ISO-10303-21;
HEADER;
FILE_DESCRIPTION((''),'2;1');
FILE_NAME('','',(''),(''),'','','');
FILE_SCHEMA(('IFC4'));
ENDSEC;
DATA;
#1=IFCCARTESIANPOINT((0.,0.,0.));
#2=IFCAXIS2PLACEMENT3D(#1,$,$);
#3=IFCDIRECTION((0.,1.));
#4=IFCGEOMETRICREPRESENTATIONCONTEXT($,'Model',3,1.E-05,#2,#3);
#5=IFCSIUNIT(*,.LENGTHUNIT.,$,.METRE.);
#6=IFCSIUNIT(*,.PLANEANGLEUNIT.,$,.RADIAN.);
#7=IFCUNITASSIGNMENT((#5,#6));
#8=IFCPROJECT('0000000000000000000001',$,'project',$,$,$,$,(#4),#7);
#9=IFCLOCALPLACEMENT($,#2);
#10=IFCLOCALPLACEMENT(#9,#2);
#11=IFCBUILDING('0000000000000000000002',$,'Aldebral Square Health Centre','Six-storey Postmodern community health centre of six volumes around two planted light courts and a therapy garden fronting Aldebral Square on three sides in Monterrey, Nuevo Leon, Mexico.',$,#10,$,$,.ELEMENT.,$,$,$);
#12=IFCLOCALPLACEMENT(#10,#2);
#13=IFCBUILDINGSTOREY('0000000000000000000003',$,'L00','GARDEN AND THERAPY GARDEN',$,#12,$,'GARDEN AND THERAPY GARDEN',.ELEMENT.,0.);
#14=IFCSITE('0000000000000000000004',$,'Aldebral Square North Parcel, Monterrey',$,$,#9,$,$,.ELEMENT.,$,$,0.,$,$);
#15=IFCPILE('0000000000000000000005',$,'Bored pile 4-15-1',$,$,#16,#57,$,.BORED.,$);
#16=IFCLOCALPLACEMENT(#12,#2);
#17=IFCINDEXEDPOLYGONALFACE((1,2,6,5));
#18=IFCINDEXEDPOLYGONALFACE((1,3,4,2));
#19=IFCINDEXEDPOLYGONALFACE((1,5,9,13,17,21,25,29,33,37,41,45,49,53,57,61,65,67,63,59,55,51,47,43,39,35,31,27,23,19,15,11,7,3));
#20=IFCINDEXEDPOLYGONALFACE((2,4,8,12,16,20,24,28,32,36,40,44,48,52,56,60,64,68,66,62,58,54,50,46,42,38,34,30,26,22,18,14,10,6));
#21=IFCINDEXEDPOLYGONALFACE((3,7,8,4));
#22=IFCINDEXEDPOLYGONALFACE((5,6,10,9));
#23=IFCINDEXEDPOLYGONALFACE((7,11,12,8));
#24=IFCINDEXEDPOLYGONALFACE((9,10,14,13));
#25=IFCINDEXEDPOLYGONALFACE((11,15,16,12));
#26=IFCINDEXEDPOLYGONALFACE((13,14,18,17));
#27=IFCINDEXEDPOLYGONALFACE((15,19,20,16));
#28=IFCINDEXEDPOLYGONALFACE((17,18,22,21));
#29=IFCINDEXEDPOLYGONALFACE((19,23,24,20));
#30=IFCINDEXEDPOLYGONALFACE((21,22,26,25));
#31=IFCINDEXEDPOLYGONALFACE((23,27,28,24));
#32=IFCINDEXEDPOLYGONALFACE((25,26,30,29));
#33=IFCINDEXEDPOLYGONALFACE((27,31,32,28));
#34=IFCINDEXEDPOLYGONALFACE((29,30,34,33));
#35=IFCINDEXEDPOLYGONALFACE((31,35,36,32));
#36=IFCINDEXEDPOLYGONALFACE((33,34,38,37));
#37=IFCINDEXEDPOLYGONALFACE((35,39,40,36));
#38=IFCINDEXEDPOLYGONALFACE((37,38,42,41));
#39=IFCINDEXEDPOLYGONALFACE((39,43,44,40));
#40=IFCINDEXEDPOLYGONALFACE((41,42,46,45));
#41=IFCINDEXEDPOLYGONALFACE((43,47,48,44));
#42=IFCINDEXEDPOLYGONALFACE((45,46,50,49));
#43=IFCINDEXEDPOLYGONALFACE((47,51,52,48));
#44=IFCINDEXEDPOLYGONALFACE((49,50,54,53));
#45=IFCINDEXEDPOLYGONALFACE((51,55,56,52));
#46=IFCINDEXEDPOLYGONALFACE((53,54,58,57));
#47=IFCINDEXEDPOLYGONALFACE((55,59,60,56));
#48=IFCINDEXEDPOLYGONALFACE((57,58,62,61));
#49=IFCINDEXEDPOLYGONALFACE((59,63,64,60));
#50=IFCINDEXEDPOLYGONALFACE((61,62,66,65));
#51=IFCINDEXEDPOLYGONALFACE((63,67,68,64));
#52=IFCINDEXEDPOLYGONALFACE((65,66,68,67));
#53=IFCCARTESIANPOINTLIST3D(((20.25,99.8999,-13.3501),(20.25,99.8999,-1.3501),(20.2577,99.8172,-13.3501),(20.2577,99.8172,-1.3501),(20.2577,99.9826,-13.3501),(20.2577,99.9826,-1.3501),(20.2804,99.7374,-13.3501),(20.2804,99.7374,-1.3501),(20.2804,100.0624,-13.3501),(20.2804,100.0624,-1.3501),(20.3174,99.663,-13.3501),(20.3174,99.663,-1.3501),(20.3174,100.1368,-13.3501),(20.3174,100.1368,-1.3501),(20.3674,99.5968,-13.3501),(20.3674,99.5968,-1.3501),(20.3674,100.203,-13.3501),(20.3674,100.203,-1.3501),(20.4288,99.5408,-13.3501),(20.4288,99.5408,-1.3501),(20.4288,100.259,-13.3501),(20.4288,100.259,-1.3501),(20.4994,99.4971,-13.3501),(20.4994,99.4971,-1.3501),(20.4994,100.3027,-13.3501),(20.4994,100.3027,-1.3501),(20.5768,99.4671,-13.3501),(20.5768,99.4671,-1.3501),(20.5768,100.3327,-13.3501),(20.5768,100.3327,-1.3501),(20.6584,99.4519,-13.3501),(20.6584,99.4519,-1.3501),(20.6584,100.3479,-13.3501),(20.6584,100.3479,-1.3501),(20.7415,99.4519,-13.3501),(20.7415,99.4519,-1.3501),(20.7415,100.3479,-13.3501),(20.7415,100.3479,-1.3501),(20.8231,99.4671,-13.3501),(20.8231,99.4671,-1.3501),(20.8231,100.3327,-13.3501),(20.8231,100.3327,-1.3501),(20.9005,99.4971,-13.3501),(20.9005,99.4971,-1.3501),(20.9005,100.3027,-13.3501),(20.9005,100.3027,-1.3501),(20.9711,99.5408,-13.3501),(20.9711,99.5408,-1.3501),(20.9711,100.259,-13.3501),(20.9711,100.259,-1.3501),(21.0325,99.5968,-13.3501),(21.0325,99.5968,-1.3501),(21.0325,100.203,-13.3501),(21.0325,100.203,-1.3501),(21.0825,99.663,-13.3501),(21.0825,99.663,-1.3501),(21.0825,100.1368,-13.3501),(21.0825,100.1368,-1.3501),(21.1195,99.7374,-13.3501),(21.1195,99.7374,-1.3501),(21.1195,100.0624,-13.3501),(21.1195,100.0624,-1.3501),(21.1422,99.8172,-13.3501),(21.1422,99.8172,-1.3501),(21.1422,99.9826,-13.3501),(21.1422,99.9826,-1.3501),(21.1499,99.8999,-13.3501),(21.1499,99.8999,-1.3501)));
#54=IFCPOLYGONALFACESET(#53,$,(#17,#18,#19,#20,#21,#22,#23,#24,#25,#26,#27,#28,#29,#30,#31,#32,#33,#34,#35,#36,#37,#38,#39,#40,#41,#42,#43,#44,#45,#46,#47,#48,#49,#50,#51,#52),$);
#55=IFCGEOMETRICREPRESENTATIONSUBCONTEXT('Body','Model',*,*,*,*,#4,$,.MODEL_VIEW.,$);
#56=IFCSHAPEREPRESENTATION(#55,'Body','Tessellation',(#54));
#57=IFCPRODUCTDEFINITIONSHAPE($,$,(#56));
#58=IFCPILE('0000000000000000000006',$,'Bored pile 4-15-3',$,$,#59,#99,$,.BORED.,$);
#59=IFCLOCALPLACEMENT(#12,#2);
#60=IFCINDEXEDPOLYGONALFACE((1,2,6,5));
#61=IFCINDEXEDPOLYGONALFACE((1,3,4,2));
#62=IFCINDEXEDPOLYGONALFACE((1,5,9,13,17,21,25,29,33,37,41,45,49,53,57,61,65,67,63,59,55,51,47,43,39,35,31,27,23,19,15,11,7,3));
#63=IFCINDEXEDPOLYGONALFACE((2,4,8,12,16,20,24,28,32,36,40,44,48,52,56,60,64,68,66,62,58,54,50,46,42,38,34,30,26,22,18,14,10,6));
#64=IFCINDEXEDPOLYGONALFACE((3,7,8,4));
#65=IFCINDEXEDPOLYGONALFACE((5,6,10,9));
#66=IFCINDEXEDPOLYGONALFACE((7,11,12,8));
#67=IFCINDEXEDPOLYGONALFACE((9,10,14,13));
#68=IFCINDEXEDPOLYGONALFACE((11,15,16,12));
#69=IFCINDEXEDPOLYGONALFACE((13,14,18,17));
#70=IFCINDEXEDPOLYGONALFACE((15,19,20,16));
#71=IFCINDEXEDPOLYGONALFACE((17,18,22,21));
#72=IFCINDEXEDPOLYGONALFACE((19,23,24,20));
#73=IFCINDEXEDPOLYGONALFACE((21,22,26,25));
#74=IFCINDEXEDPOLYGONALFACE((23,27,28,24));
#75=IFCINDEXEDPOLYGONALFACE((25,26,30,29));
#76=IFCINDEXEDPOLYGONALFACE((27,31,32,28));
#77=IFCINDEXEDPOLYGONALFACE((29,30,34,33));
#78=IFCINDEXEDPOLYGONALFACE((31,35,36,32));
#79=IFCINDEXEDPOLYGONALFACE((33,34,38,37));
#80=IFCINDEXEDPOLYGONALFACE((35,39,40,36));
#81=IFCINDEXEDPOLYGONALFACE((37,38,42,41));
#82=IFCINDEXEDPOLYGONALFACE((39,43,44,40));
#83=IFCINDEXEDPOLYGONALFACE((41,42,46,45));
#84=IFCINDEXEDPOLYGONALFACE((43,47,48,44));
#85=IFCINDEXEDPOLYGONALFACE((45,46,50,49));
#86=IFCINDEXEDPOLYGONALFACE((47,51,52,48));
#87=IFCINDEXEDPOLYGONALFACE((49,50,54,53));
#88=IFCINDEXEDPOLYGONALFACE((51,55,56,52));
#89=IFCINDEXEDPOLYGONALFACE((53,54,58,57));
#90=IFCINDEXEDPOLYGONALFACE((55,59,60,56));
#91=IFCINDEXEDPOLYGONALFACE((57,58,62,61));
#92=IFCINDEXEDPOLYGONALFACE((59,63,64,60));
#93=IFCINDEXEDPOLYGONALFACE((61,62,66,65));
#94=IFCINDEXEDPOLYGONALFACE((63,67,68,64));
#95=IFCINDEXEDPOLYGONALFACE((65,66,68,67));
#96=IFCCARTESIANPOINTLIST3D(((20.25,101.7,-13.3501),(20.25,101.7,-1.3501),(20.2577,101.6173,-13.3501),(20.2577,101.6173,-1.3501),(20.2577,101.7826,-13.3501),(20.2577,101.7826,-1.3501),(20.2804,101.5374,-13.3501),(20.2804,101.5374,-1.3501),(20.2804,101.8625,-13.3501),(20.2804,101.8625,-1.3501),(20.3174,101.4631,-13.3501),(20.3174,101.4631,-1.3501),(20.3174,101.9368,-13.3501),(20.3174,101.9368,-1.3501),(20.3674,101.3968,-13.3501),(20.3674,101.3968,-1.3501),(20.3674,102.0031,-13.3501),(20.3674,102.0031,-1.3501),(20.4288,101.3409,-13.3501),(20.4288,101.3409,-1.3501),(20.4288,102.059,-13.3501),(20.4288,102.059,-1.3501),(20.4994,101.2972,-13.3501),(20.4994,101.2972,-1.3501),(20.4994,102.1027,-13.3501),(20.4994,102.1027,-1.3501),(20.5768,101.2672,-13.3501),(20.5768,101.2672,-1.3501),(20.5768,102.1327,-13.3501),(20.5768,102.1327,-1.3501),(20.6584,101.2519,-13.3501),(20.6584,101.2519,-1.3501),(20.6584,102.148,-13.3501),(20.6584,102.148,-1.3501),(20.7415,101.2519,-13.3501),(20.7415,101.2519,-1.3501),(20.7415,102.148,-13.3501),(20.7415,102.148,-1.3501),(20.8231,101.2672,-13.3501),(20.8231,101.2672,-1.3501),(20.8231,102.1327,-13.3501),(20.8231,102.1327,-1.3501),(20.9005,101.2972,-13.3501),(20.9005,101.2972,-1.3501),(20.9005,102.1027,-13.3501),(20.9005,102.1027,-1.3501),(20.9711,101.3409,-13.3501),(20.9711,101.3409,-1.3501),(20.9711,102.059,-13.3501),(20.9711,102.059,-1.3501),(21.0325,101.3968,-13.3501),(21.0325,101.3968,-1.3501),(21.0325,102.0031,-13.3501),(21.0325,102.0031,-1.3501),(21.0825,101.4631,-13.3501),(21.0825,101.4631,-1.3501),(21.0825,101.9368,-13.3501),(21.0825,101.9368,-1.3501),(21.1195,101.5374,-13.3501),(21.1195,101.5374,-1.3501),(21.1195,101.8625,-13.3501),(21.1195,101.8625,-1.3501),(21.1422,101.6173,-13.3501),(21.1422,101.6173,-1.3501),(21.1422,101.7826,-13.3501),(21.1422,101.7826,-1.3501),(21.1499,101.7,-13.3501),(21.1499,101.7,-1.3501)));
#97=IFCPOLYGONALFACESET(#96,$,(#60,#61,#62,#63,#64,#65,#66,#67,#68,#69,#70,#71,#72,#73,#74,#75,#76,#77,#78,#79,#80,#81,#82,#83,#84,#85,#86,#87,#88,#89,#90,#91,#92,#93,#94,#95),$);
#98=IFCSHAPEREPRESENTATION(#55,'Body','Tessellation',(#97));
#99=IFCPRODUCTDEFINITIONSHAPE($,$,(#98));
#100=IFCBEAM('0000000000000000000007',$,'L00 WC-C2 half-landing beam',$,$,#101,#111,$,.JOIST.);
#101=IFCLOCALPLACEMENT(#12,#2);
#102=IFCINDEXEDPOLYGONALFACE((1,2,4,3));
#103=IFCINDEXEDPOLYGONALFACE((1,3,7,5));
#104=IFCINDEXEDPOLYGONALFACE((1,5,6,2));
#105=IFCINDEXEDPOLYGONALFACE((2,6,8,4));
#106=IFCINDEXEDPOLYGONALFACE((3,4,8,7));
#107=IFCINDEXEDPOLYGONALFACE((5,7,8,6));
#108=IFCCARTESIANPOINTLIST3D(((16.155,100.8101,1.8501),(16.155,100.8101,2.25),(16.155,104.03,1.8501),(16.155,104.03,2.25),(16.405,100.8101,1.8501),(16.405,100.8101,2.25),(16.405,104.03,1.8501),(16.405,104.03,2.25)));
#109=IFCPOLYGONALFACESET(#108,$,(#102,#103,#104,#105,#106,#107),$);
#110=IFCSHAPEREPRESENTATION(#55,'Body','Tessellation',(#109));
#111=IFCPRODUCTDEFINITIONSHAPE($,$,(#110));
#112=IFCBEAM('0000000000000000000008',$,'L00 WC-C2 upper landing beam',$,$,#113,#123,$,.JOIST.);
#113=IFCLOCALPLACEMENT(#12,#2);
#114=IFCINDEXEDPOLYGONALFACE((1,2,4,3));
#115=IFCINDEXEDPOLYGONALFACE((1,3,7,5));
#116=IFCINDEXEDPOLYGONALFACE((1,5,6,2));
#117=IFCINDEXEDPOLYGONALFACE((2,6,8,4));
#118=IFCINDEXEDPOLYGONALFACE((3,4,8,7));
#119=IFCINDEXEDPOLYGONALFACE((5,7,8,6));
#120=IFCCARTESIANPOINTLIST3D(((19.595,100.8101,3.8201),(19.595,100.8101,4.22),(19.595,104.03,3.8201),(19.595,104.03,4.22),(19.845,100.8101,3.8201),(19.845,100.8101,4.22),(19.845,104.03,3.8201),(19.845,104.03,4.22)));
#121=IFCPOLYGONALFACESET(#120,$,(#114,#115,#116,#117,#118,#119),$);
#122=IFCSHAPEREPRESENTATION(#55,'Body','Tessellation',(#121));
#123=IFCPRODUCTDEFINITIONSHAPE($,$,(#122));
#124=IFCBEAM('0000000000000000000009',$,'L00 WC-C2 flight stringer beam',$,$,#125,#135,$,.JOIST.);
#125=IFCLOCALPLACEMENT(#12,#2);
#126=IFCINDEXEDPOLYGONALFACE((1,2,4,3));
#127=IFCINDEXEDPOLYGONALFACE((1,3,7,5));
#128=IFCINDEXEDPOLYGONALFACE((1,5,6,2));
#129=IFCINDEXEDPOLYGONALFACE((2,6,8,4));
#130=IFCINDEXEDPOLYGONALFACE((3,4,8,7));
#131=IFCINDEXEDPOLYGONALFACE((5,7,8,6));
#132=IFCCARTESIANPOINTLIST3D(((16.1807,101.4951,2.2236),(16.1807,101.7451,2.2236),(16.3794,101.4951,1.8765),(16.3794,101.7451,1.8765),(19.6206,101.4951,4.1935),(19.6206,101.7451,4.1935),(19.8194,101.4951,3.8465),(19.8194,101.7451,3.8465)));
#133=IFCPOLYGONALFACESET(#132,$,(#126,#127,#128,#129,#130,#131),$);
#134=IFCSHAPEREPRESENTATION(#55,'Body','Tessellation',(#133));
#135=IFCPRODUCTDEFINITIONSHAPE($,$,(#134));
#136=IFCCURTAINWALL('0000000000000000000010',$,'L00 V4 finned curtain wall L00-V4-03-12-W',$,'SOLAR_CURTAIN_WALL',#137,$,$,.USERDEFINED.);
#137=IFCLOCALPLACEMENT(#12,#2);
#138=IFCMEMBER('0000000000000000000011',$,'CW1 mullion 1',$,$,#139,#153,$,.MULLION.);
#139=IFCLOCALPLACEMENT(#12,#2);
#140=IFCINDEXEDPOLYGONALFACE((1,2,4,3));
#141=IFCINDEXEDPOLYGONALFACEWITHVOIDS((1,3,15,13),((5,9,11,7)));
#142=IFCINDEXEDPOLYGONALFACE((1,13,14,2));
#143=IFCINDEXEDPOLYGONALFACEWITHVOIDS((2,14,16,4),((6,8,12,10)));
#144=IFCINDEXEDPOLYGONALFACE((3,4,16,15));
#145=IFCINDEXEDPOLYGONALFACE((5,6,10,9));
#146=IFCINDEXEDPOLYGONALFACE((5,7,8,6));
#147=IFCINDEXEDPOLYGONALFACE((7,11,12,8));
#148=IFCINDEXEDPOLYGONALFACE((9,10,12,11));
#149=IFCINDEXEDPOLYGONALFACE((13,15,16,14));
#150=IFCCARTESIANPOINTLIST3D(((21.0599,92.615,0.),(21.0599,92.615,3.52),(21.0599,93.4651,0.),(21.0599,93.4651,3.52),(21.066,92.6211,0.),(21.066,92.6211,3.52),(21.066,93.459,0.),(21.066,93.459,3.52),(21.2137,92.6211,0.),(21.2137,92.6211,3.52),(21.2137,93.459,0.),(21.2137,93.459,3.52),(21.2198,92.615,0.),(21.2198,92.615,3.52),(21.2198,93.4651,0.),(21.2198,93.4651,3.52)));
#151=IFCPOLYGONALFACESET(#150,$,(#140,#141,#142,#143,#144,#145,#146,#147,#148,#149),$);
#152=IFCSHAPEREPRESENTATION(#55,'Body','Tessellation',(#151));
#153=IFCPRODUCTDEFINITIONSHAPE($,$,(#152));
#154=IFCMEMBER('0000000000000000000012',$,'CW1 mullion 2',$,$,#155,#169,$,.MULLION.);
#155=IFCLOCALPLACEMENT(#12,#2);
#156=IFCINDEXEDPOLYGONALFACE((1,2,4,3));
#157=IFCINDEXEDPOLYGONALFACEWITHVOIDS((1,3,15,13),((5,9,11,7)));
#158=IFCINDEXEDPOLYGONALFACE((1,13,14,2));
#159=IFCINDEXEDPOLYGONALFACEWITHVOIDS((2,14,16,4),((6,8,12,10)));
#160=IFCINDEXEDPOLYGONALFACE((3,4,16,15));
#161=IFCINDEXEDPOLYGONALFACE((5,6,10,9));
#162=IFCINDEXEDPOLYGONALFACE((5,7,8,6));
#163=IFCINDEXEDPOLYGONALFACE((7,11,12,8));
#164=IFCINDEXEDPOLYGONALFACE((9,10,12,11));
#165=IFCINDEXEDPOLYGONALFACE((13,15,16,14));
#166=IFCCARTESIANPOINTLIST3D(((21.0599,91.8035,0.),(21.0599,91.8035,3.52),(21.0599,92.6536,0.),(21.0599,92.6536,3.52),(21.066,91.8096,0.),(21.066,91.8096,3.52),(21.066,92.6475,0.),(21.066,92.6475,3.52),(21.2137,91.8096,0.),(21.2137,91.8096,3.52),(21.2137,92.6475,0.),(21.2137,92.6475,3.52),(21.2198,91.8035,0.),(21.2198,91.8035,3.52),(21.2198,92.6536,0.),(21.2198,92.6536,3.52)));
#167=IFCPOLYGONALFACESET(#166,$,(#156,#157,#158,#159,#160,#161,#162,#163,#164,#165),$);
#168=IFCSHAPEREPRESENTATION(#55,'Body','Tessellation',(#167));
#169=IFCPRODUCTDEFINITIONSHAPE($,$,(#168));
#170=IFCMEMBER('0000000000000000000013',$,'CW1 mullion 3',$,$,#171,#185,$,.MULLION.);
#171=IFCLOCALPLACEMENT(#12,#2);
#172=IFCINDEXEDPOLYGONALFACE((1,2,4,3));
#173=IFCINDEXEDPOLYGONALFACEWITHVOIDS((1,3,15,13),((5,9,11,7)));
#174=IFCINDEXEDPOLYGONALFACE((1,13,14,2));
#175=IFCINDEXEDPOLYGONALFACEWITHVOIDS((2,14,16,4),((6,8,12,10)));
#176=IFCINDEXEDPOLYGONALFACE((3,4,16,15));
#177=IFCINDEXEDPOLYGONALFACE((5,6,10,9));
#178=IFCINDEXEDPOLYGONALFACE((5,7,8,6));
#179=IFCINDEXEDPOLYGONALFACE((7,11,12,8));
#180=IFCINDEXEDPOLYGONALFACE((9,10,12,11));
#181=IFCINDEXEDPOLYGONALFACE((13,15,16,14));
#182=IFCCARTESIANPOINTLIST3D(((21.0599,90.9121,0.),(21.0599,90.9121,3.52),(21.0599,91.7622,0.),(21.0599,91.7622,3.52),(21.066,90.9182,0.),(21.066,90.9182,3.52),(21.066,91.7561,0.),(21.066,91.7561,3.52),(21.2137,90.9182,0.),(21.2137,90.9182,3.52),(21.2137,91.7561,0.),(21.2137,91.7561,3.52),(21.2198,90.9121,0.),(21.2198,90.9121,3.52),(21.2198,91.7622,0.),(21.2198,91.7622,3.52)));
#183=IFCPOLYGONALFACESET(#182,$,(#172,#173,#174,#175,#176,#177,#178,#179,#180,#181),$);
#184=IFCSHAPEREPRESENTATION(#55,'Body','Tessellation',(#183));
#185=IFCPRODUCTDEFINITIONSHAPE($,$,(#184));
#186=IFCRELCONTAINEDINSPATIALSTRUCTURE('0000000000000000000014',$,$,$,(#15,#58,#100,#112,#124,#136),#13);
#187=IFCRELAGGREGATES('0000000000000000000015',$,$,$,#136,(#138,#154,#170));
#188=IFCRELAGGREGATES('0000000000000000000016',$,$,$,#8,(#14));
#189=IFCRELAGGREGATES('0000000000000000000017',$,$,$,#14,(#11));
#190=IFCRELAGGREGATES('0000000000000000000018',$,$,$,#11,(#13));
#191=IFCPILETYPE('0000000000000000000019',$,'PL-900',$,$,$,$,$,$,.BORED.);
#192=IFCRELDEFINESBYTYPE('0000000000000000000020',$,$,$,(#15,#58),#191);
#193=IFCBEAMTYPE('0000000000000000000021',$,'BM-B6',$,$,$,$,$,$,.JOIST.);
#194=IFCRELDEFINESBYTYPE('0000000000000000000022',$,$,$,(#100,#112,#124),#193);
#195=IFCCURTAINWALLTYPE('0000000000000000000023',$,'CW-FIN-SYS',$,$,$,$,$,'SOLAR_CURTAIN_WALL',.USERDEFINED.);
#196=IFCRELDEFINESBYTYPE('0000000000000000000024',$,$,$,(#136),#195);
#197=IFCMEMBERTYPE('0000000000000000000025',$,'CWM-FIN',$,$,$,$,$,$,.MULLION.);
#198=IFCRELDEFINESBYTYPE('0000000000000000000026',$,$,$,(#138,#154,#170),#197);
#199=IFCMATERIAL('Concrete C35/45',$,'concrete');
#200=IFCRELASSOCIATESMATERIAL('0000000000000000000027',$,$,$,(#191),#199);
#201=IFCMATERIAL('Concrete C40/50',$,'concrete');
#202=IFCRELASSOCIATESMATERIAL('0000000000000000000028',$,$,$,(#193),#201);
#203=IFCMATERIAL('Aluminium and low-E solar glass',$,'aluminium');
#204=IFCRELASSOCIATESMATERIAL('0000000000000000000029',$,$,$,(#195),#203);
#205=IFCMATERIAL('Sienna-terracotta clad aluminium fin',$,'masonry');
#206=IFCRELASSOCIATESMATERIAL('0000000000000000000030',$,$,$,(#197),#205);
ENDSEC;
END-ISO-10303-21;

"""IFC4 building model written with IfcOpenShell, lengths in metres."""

from ifc_helpers import new_model, si_unit, direction, frame, origin, origin_2d, place, context, subcontext, project, spatial, rectangle, hollow_rectangle, circle, extrude, material, material_profile, profile_set, type_object, element, aggregate, save


model = new_model("IFC4")

# Units and contexts
model_context = context("Model", 3, precision=1e-05, world=origin(), true_north=direction((0.0, 1.0)))
body_context = subcontext(model_context, "Body", "Model", "MODEL_VIEW")
ifc_project = project(units=[si_unit("LENGTHUNIT", "METRE"), si_unit("PLANEANGLEUNIT", "RADIAN")], contexts=[model_context])

# Site, building, storey
site_placement = place(None, origin())
site = spatial("IfcSite", under=ifc_project, at=site_placement, Name="Aldebral Square North Parcel, Monterrey", CompositionType="ELEMENT", RefElevation=0.0)
building_placement = place(site_placement, origin())
building = spatial("IfcBuilding", under=site, at=building_placement, Name="Aldebral Square Health Centre", Description="Six-storey Postmodern community health centre of six volumes around two planted light courts and a therapy garden fronting Aldebral Square on three sides in Monterrey, Nuevo Leon, Mexico.", CompositionType="ELEMENT")
storey_placement = place(building_placement, origin())
storey = spatial("IfcBuildingStorey", under=building, at=storey_placement, Name="L00", Description="GARDEN AND THERAPY GARDEN", LongName="GARDEN AND THERAPY GARDEN", CompositionType="ELEMENT", Elevation=0.0)

# Piles
ifc_material_1 = material(Name="Concrete C35/45", Category="concrete")
ifc_material_profile_1 = material_profile(ifc_material_1, circle(Radius=0.45, at=origin_2d()), Name="PILE D900")
ifc_profile_set_1 = profile_set([ifc_material_profile_1], Name="Concrete C35/45")
pile_type_1 = type_object("IfcPileType", Name="PL-900", PredefinedType="BORED", material=ifc_profile_set_1)
for number, where, z_axis, x_axis, name in (
    (1, (20.7, 99.8999, -1.3501), (0.0, 0.0, -1.0), (1.0, 0.0, 0.0), "Bored pile 4-15-1"),
    (2, (20.7, 101.7, -1.3501), (0.0, 0.0, -1.0), (1.0, 0.0, 0.0), "Bored pile 4-15-3"),
):
    element("IfcPile", number, at=place(storey_placement, frame(where, z_axis=z_axis, x_axis=x_axis)), inside=storey, type_object=pile_type_1, Name=name, PredefinedType="BORED", context=body_context, shape_type="SweptSolid", body=[
        extrude(circle(Radius=0.45, at=origin_2d()), origin(), (0.0, 0.0, 1.0), 12.0),
    ])

# Beams
ifc_material_2 = material(Name="Concrete C40/50", Category="concrete")
ifc_material_profile_2 = material_profile(ifc_material_2, rectangle(XDim=0.25, YDim=0.3999, at=origin_2d()), Name="RC 250x400")
ifc_profile_set_2 = profile_set([ifc_material_profile_2], Name="Concrete C40/50")
beam_type = type_object("IfcBeamType", Name="BM-B6", PredefinedType="JOIST", material=ifc_profile_set_2)
for number, where, z_axis, x_axis, name in (
    (3, (16.28, 100.8101, 2.05), (0.0, 1.0, 0.0), (-1.0, 0.0, 0.0), "L00 WC-C2 half-landing beam"),
    (4, (19.72, 100.8101, 4.02), (0.0, 1.0, 0.0), (-1.0, 0.0, 0.0), "L00 WC-C2 upper landing beam"),
):
    element("IfcBeam", number, at=place(storey_placement, frame(where, z_axis=z_axis, x_axis=x_axis)), inside=storey, type_object=beam_type, Name=name, PredefinedType="JOIST", context=body_context, shape_type="SweptSolid", body=[
        extrude(rectangle(XDim=0.25, YDim=0.3999, at=origin_2d()), origin(), (0.0, 0.0, 1.0), 3.22),
    ])
beam_placement = place(storey_placement, frame((16.28, 101.6201, 2.05), z_axis=(0.867777, 0.0, 0.496955), x_axis=(0.0, 1.0, 0.0)))
element("IfcBeam", 5, at=beam_placement, inside=storey, type_object=beam_type, Name="L00 WC-C2 flight stringer beam", PredefinedType="JOIST", context=body_context, shape_type="SweptSolid", body=[
    extrude(rectangle(XDim=0.25, YDim=0.3999, at=origin_2d()), origin(), (0.0, 0.0, 1.0), 3.9641),
])

# Curtain wall, members
ifc_material_3 = material(Name="Aluminium and low-E solar glass", Category="aluminium")
curtain_wall_type = type_object("IfcCurtainWallType", Name="CW-FIN-SYS", ElementType="SOLAR_CURTAIN_WALL", PredefinedType="USERDEFINED", material=ifc_material_3)
curtain_wall_placement = place(storey_placement, origin())
curtain_wall = element("IfcCurtainWall", 6, at=curtain_wall_placement, inside=storey, type_object=curtain_wall_type, Name="L00 V4 finned curtain wall L00-V4-03-12-W", ObjectType="SOLAR_CURTAIN_WALL", PredefinedType="USERDEFINED")
ifc_material_4 = material(Name="Sienna-terracotta clad aluminium fin", Category="masonry")
ifc_material_profile_3 = material_profile(ifc_material_4, hollow_rectangle(XDim=0.1599, YDim=0.8501, WallThickness=0.0061, at=origin_2d()), Name="FIN 160x850x6")
ifc_profile_set_3 = profile_set([ifc_material_profile_3], Name="Sienna-terracotta clad aluminium fin")
member_type_1 = type_object("IfcMemberType", Name="CWM-FIN", PredefinedType="MULLION", material=ifc_profile_set_3)
member_1_placement = place(storey_placement, frame((21.1399, 93.04, 0.0), z_axis=(0.0, 0.0, 1.0), x_axis=(1.0, 0.0, 0.0)))
member_1 = element("IfcMember", 7, at=member_1_placement, type_object=member_type_1, Name="CW1 mullion 1", PredefinedType="MULLION", context=body_context, shape_type="SweptSolid", body=[
    extrude(hollow_rectangle(XDim=0.1599, YDim=0.8501, WallThickness=0.0061, at=origin_2d()), origin(), (0.0, 0.0, 1.0), 3.52),
])
member_2_placement = place(storey_placement, frame((21.1399, 92.2285, 0.0), z_axis=(0.0, 0.0, 1.0), x_axis=(1.0, 0.0, 0.0)))
member_2 = element("IfcMember", 8, at=member_2_placement, type_object=member_type_1, Name="CW1 mullion 2", PredefinedType="MULLION", context=body_context, shape_type="SweptSolid", body=[
    extrude(hollow_rectangle(XDim=0.1599, YDim=0.8501, WallThickness=0.0061, at=origin_2d()), origin(), (0.0, 0.0, 1.0), 3.52),
])
member_3_placement = place(storey_placement, frame((21.1399, 91.3372, 0.0), z_axis=(0.0, 0.0, 1.0), x_axis=(1.0, 0.0, 0.0)))
member_3 = element("IfcMember", 9, at=member_3_placement, type_object=member_type_1, Name="CW1 mullion 3", PredefinedType="MULLION", context=body_context, shape_type="SweptSolid", body=[
    extrude(hollow_rectangle(XDim=0.1599, YDim=0.8501, WallThickness=0.0061, at=origin_2d()), origin(), (0.0, 0.0, 1.0), 3.52),
])
aggregate(curtain_wall, [member_1, member_2, member_3])

save(model, "model.ifc")
